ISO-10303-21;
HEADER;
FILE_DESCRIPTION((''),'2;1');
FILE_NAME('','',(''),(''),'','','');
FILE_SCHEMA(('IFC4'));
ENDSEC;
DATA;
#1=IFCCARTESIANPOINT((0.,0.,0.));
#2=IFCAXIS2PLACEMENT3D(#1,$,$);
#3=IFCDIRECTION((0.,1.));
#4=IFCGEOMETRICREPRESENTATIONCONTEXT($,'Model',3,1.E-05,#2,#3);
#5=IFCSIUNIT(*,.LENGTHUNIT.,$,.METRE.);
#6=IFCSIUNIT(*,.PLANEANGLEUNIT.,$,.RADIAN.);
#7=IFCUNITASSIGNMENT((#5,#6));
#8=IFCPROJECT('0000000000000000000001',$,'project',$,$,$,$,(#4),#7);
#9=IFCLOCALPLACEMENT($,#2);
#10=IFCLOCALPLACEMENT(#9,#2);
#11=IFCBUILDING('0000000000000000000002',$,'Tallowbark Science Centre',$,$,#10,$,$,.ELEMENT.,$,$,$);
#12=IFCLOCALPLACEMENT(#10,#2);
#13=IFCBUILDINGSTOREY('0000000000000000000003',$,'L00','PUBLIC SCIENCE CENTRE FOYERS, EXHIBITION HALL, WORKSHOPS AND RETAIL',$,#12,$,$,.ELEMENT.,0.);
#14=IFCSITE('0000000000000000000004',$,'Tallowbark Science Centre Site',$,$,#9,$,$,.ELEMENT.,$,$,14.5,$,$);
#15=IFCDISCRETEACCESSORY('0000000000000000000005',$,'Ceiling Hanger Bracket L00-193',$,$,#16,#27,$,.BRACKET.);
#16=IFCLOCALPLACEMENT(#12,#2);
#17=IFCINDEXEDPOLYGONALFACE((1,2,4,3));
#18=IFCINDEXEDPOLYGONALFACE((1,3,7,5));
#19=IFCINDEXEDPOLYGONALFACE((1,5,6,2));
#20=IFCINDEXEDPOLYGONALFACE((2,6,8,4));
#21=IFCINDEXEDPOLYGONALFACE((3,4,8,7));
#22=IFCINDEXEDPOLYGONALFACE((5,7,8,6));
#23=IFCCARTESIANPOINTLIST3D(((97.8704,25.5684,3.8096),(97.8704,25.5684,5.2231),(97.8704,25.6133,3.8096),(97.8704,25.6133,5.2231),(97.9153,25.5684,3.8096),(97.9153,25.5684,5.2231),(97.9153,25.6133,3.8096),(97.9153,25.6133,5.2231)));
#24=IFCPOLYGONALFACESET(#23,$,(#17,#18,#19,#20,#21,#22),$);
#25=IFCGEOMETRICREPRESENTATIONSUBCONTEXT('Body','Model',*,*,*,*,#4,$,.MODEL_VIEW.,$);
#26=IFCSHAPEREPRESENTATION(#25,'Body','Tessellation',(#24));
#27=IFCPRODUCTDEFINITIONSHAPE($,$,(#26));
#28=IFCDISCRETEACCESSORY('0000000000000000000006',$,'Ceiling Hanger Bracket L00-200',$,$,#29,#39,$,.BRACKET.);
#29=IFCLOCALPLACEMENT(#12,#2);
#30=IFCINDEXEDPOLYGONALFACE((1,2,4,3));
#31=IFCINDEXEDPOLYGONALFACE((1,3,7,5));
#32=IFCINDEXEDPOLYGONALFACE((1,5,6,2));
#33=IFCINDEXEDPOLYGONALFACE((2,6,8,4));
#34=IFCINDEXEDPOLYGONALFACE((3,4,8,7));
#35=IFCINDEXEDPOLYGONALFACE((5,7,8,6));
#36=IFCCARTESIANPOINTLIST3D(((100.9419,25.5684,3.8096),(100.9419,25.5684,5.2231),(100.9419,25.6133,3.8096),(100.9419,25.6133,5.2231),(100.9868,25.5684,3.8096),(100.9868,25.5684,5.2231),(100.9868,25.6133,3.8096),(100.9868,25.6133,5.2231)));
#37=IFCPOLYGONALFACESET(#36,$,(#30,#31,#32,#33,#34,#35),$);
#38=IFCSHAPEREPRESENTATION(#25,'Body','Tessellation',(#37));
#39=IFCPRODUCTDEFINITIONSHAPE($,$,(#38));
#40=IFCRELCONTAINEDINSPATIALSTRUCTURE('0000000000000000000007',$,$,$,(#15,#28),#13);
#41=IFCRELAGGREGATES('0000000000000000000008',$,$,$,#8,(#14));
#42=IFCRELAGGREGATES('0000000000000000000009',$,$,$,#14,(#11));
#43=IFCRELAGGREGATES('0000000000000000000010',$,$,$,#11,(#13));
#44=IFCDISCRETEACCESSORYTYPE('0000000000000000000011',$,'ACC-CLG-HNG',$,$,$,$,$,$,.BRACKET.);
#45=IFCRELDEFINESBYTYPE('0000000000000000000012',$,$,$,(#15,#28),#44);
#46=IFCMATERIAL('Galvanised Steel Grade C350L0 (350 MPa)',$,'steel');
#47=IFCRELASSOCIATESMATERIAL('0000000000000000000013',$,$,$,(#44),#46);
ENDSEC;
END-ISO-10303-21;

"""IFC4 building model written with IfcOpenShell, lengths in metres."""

from ifc_helpers import new_model, si_unit, direction, frame, origin, origin_2d, place, context, subcontext, project, spatial, rectangle, extrude, material, type_object, element, save


model = new_model("IFC4")

# Units and contexts
model_context = context("Model", 3, precision=1e-05, world=origin(), true_north=direction((0.0, 1.0)))
body_context = subcontext(model_context, "Body", "Model", "MODEL_VIEW")
ifc_project = project(units=[si_unit("LENGTHUNIT", "METRE"), si_unit("PLANEANGLEUNIT", "RADIAN")], contexts=[model_context])

# Site, building, storey
site_placement = place(None, origin())
site = spatial("IfcSite", under=ifc_project, at=site_placement, Name="Tallowbark Science Centre Site", CompositionType="ELEMENT", RefElevation=14.5)
building_placement = place(site_placement, origin())
building = spatial("IfcBuilding", under=site, at=building_placement, Name="Tallowbark Science Centre", CompositionType="ELEMENT")
storey_placement = place(building_placement, origin())
storey = spatial("IfcBuildingStorey", under=building, at=storey_placement, Name="L00", Description="PUBLIC SCIENCE CENTRE FOYERS, EXHIBITION HALL, WORKSHOPS AND RETAIL", CompositionType="ELEMENT", Elevation=0.0)

# Discrete accessories
ifc_material_1 = material(Name="Galvanised Steel Grade C350L0 (350 MPa)", Category="steel")
discrete_accessory_type = type_object("IfcDiscreteAccessoryType", Name="ACC-CLG-HNG", PredefinedType="BRACKET", material=ifc_material_1)
for number, where, z_axis, x_axis, name in (
    (1, (97.8928, 25.5908, 3.8096), (0.0, 0.0, 1.0), (1.0, 0.0, 0.0), "Ceiling Hanger Bracket L00-193"),
    (2, (100.9644, 25.5908, 3.8096), (0.0, 0.0, 1.0), (1.0, 0.0, 0.0), "Ceiling Hanger Bracket L00-200"),
):
    element("IfcDiscreteAccessory", number, at=place(storey_placement, frame(where, z_axis=z_axis, x_axis=x_axis)), inside=storey, type_object=discrete_accessory_type, Name=name, PredefinedType="BRACKET", context=body_context, shape_type="SweptSolid", body=[
        extrude(rectangle(XDim=0.0449, YDim=0.0449, at=origin_2d()), origin(), (0.0, 0.0, 1.0), 1.4136),
    ])

save(model, "model.ifc")
